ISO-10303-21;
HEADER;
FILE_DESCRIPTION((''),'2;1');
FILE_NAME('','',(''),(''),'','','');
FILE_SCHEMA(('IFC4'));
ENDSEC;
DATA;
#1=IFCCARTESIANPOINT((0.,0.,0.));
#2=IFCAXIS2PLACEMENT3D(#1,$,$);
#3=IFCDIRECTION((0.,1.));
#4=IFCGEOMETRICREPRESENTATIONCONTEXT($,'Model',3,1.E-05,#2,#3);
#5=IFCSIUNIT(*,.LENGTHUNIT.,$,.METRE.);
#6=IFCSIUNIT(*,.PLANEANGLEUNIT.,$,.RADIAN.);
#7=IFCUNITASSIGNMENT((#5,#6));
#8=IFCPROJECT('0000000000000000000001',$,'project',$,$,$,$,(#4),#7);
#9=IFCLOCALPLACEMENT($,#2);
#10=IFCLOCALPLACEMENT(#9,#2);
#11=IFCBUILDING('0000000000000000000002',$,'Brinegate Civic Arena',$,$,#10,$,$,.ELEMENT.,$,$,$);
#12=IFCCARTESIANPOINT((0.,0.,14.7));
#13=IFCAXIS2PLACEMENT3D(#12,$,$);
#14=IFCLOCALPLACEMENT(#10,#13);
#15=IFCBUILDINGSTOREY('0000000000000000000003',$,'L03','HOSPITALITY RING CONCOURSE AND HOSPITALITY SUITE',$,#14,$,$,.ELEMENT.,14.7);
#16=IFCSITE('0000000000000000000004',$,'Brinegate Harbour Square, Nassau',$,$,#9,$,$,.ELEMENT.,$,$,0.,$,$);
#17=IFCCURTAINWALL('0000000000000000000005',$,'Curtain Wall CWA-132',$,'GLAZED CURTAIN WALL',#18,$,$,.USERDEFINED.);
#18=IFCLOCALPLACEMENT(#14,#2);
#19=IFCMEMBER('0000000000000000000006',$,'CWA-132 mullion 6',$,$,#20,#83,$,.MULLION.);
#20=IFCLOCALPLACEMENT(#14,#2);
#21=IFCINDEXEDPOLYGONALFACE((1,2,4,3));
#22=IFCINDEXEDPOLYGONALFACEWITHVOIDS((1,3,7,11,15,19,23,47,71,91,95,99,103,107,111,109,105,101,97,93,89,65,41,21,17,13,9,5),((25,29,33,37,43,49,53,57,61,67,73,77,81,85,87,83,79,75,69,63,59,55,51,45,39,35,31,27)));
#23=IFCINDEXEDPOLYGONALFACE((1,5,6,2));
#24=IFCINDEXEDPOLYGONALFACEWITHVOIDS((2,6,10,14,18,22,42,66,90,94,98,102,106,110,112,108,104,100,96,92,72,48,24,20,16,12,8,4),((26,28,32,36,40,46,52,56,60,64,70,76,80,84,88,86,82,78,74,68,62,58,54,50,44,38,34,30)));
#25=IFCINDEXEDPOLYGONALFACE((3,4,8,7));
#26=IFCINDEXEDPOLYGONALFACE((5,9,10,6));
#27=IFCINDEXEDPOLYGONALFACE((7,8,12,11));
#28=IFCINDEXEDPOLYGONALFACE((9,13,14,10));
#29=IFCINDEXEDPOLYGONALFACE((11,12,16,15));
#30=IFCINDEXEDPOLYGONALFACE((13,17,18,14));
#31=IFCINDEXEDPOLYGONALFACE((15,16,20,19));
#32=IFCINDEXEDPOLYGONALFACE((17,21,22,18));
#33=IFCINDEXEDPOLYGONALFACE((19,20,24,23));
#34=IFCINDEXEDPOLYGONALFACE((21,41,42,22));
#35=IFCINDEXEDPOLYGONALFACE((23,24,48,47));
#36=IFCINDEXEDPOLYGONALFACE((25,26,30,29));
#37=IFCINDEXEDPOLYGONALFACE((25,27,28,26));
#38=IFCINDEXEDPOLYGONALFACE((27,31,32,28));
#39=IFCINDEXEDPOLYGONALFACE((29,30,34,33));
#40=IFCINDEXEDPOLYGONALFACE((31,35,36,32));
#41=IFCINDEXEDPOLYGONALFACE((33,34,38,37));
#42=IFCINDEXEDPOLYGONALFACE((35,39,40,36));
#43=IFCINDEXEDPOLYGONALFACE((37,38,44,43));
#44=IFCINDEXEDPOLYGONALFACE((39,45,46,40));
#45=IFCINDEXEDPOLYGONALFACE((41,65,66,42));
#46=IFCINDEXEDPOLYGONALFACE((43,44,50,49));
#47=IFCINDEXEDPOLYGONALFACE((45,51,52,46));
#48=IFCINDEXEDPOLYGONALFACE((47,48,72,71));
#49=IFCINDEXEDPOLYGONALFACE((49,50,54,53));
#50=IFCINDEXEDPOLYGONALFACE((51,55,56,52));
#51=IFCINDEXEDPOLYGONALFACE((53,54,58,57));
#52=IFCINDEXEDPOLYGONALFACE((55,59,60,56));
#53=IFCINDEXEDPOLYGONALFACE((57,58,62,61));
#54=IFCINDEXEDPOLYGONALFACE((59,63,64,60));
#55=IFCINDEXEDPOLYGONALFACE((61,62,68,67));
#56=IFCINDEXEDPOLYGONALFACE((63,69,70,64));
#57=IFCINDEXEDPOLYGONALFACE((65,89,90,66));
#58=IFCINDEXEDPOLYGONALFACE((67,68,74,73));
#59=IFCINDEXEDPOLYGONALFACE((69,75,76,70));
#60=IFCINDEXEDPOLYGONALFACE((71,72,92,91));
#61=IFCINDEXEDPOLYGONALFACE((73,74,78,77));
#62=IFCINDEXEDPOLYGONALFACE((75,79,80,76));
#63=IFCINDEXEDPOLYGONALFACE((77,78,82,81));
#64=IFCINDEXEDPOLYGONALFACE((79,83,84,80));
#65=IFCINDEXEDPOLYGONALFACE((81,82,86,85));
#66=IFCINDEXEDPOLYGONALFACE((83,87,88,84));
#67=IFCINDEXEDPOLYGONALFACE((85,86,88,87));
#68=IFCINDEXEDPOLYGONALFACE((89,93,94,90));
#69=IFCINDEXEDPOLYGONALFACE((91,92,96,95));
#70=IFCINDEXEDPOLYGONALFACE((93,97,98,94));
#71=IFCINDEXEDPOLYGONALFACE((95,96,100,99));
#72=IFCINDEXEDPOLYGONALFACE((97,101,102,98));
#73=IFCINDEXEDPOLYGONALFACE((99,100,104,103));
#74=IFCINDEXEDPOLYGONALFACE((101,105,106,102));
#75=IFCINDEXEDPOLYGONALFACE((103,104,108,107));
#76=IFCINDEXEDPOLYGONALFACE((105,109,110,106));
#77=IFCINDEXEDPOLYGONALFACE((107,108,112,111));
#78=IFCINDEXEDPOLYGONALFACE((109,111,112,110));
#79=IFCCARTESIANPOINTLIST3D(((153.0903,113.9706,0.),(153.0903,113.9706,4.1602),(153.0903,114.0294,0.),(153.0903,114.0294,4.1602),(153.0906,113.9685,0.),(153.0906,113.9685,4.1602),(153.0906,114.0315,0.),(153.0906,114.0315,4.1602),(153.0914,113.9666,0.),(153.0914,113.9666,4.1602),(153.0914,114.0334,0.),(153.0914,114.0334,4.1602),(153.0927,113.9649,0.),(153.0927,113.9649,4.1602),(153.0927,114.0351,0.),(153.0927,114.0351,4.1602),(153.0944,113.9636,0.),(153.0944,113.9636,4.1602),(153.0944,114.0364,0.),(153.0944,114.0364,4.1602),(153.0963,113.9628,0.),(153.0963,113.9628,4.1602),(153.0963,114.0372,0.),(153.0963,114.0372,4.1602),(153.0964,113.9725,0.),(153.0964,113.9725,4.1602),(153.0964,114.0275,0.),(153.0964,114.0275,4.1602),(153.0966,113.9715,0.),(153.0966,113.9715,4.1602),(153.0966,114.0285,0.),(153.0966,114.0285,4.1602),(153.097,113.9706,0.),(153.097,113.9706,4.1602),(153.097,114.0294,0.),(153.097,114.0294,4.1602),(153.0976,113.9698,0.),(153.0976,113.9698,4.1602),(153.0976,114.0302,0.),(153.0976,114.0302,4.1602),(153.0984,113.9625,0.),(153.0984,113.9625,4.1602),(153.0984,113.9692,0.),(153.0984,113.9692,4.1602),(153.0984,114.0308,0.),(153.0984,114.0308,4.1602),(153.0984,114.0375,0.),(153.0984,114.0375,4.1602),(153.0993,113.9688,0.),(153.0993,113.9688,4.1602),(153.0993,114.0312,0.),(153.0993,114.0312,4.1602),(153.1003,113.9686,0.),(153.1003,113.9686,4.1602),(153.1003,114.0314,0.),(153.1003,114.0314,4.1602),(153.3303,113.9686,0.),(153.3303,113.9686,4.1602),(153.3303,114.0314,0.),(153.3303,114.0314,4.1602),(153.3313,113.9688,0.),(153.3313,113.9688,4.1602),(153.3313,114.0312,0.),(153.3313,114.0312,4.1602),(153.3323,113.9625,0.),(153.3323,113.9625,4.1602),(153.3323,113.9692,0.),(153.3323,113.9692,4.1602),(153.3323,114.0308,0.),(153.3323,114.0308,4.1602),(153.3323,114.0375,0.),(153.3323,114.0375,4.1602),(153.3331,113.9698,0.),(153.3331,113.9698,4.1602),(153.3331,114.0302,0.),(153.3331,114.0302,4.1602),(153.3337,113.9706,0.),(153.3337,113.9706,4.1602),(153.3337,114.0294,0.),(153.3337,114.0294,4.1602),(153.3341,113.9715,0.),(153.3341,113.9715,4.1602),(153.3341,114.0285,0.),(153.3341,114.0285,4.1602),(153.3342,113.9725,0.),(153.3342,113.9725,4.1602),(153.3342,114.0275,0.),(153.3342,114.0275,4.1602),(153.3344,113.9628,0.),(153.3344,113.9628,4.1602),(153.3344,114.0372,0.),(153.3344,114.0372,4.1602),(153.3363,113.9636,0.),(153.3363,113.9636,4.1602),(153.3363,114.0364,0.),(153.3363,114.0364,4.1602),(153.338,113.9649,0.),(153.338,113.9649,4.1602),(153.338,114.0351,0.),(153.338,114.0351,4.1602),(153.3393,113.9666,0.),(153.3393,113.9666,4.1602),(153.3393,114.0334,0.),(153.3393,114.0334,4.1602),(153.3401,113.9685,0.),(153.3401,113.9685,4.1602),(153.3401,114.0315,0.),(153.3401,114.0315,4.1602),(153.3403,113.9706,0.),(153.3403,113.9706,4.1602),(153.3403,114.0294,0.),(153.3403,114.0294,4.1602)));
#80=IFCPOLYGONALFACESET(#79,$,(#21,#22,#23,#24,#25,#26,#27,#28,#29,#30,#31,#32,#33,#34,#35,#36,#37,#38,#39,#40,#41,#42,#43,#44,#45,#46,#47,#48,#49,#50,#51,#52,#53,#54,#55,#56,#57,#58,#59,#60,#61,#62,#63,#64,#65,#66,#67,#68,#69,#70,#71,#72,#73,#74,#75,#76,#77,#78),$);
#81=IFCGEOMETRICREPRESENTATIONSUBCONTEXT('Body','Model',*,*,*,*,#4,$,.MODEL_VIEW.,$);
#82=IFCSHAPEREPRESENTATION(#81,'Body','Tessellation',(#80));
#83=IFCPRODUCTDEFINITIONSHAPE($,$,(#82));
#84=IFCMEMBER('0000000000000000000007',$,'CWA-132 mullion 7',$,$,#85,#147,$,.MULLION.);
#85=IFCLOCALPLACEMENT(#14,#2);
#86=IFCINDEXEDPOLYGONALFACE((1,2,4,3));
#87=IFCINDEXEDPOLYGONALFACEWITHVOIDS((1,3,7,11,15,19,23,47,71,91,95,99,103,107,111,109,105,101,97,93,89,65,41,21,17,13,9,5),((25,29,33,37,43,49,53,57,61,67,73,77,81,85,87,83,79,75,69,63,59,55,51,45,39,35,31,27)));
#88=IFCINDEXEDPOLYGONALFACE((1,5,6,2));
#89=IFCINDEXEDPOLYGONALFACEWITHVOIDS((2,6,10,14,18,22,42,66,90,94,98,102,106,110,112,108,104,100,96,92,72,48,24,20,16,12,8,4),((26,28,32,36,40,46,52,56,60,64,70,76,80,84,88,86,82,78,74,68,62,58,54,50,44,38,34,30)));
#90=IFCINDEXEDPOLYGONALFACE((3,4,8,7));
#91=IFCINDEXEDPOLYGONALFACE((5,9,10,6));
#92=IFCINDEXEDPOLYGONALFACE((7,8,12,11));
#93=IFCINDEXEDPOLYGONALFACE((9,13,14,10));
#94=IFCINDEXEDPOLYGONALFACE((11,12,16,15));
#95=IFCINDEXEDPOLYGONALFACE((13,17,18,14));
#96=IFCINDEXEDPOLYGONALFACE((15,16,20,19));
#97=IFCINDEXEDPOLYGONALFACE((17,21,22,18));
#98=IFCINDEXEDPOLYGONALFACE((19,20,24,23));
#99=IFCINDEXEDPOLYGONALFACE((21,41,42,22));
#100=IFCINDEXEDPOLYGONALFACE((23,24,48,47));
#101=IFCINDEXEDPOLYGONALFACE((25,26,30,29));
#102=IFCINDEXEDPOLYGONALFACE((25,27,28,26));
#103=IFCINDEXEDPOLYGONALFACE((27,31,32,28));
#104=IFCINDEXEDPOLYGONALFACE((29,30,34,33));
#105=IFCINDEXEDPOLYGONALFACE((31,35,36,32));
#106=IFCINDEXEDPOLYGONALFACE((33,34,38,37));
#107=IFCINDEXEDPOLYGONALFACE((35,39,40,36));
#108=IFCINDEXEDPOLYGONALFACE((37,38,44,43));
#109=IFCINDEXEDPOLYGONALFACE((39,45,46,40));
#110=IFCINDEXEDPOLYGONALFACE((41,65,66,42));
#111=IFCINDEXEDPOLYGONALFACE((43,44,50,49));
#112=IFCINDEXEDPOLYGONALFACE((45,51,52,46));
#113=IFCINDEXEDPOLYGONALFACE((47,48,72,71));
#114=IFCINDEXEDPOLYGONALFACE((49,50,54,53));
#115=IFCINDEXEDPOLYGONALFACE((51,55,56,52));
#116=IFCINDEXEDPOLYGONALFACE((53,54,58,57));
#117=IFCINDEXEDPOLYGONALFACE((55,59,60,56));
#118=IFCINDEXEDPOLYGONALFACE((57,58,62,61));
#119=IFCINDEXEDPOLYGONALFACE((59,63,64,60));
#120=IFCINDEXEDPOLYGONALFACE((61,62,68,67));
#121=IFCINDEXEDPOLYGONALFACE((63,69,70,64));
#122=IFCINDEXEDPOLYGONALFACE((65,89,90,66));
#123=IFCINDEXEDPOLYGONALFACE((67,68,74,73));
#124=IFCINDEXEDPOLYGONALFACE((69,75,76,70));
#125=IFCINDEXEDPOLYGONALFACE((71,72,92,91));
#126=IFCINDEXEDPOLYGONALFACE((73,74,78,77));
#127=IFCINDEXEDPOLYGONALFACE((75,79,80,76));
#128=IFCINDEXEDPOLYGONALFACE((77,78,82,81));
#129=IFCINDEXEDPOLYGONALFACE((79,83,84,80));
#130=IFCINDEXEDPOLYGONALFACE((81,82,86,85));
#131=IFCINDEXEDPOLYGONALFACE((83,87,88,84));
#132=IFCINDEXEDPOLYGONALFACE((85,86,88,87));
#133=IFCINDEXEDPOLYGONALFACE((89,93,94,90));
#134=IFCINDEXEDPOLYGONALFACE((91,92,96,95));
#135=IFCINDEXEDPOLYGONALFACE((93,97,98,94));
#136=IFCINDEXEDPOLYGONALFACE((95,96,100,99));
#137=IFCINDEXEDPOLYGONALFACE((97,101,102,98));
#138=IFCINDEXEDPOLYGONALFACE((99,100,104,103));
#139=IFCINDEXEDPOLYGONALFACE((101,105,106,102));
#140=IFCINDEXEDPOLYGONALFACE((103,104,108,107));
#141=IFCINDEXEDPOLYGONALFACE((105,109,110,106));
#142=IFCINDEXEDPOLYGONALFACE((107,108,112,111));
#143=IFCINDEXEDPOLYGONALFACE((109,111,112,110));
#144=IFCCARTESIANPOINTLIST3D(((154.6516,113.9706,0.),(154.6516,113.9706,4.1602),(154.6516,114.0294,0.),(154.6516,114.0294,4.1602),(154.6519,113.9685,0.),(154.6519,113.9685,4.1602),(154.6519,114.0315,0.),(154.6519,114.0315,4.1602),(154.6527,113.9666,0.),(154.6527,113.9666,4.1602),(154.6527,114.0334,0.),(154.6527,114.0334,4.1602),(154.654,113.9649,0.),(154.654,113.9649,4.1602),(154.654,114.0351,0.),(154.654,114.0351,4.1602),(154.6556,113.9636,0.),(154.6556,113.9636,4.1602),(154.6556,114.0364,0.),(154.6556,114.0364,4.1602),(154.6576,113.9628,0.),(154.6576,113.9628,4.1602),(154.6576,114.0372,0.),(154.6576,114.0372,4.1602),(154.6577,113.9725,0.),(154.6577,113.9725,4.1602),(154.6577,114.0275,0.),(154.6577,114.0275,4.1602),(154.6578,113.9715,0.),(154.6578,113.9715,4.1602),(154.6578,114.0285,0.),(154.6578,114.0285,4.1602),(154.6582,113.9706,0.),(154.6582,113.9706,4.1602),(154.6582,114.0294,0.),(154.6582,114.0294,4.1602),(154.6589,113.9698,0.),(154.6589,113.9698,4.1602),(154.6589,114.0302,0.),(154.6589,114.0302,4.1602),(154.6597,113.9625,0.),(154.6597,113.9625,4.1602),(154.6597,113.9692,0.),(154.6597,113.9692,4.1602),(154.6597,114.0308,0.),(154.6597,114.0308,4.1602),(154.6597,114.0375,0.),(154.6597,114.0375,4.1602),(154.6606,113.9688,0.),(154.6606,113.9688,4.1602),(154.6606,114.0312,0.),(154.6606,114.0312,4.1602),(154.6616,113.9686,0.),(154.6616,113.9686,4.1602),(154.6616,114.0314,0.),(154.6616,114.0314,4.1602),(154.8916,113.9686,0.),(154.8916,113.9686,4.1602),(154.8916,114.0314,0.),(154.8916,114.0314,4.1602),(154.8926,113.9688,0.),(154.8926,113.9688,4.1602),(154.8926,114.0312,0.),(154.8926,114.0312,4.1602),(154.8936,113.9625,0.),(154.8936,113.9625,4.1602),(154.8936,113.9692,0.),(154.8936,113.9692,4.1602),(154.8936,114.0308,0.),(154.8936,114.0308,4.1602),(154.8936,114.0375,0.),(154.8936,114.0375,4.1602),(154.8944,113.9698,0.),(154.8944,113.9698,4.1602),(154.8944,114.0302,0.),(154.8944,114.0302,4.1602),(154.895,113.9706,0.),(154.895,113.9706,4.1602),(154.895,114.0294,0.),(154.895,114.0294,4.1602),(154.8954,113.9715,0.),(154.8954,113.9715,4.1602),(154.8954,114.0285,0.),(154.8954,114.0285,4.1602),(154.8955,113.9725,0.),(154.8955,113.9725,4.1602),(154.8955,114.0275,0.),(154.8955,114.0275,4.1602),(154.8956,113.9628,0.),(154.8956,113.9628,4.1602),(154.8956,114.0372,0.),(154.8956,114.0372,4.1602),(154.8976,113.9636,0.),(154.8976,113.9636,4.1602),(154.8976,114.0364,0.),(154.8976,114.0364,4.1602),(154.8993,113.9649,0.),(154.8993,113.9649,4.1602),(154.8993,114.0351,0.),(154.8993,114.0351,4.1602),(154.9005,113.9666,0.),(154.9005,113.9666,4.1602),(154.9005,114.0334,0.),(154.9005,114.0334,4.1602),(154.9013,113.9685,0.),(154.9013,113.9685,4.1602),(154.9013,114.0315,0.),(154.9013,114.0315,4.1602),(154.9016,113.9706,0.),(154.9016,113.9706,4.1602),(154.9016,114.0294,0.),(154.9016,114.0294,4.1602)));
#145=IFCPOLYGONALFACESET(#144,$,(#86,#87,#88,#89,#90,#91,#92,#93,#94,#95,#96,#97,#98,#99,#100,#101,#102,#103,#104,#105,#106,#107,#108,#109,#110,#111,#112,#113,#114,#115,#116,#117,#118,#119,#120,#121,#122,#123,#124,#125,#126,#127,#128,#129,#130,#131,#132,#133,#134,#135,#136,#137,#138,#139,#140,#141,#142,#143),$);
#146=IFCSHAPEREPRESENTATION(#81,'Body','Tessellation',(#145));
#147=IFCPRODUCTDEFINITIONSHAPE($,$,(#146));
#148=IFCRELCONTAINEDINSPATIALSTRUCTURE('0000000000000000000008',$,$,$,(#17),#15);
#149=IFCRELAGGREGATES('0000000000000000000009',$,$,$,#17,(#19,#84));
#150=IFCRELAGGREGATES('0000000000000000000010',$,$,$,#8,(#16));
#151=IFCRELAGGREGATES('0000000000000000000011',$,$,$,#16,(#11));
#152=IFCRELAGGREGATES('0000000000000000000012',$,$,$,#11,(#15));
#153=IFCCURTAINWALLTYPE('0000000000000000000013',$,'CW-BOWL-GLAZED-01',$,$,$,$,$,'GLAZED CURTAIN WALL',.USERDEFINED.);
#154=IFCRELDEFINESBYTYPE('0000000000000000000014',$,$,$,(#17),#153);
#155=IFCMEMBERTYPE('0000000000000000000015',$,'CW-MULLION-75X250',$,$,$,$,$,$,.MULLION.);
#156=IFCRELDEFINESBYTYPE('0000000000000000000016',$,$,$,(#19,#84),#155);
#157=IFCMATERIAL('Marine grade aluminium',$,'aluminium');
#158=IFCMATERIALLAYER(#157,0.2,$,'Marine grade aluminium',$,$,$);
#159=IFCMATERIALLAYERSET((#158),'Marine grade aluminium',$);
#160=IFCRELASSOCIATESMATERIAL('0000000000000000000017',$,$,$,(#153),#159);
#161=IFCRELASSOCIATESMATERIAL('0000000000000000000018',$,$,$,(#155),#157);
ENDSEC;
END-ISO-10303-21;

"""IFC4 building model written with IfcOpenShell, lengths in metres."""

from ifc_helpers import new_model, si_unit, direction, frame, origin, origin_2d, place, context, subcontext, project, spatial, hollow_rectangle, extrude, material, layer, layer_set, material_profile, profile_set, type_object, element, aggregate, save


model = new_model("IFC4")

# Units and contexts
model_context = context("Model", 3, precision=1e-05, world=origin(), true_north=direction((0.0, 1.0)))
body_context = subcontext(model_context, "Body", "Model", "MODEL_VIEW")
ifc_project = project(units=[si_unit("LENGTHUNIT", "METRE"), si_unit("PLANEANGLEUNIT", "RADIAN")], contexts=[model_context])

# Site, building, storey
site_placement = place(None, origin())
site = spatial("IfcSite", under=ifc_project, at=site_placement, Name="Brinegate Harbour Square, Nassau", CompositionType="ELEMENT", RefElevation=0.0)
building_placement = place(site_placement, origin())
building = spatial("IfcBuilding", under=site, at=building_placement, Name="Brinegate Civic Arena", CompositionType="ELEMENT")
storey_placement = place(building_placement, frame((0.0, 0.0, 14.7)))
storey = spatial("IfcBuildingStorey", under=building, at=storey_placement, Name="L03", Description="HOSPITALITY RING CONCOURSE AND HOSPITALITY SUITE", CompositionType="ELEMENT", Elevation=14.7)

# Curtain wall, members
ifc_material_1 = material(Name="Marine grade aluminium", Category="aluminium")
ifc_layer_1 = layer(ifc_material_1, 0.2, Name="Marine grade aluminium")
ifc_layer_set_1 = layer_set([ifc_layer_1], Name="Marine grade aluminium")
curtain_wall_type = type_object("IfcCurtainWallType", Name="CW-BOWL-GLAZED-01", ElementType="GLAZED CURTAIN WALL", PredefinedType="USERDEFINED", material=ifc_layer_set_1)
curtain_wall_placement = place(storey_placement, origin())
curtain_wall = element("IfcCurtainWall", 1, at=curtain_wall_placement, inside=storey, type_object=curtain_wall_type, Name="Curtain Wall CWA-132", ObjectType="GLAZED CURTAIN WALL", PredefinedType="USERDEFINED")
ifc_material_profile_1 = material_profile(ifc_material_1, hollow_rectangle(XDim=0.075, YDim=0.25, WallThickness=0.0061, InnerFilletRadius=0.0039, OuterFilletRadius=0.0081, at=origin_2d()), Name="MUL75X250")
ifc_profile_set_1 = profile_set([ifc_material_profile_1], Name="Marine grade aluminium")
member_type_1 = type_object("IfcMemberType", Name="CW-MULLION-75X250", PredefinedType="MULLION", material=ifc_profile_set_1)
member_1_placement = place(storey_placement, frame((153.2153, 114.0, 0.0), z_axis=(0.0, 0.0, 1.0), x_axis=(0.0, 1.0, 0.0)))
member_1 = element("IfcMember", 2, at=member_1_placement, type_object=member_type_1, Name="CWA-132 mullion 6", PredefinedType="MULLION", context=body_context, shape_type="SweptSolid", body=[
    extrude(hollow_rectangle(XDim=0.075, YDim=0.25, WallThickness=0.0061, InnerFilletRadius=0.0039, OuterFilletRadius=0.0081, at=origin_2d()), origin(), (0.0, 0.0, 1.0), 4.1602),
])
member_2_placement = place(storey_placement, frame((154.7766, 114.0, 0.0), z_axis=(0.0, 0.0, 1.0), x_axis=(0.0, 1.0, 0.0)))
member_2 = element("IfcMember", 3, at=member_2_placement, type_object=member_type_1, Name="CWA-132 mullion 7", PredefinedType="MULLION", context=body_context, shape_type="SweptSolid", body=[
    extrude(hollow_rectangle(XDim=0.075, YDim=0.25, WallThickness=0.0061, InnerFilletRadius=0.0039, OuterFilletRadius=0.0081, at=origin_2d()), origin(), (0.0, 0.0, 1.0), 4.1602),
])

aggregate(curtain_wall, [member_1, member_2])

save(model, "model.ifc")
